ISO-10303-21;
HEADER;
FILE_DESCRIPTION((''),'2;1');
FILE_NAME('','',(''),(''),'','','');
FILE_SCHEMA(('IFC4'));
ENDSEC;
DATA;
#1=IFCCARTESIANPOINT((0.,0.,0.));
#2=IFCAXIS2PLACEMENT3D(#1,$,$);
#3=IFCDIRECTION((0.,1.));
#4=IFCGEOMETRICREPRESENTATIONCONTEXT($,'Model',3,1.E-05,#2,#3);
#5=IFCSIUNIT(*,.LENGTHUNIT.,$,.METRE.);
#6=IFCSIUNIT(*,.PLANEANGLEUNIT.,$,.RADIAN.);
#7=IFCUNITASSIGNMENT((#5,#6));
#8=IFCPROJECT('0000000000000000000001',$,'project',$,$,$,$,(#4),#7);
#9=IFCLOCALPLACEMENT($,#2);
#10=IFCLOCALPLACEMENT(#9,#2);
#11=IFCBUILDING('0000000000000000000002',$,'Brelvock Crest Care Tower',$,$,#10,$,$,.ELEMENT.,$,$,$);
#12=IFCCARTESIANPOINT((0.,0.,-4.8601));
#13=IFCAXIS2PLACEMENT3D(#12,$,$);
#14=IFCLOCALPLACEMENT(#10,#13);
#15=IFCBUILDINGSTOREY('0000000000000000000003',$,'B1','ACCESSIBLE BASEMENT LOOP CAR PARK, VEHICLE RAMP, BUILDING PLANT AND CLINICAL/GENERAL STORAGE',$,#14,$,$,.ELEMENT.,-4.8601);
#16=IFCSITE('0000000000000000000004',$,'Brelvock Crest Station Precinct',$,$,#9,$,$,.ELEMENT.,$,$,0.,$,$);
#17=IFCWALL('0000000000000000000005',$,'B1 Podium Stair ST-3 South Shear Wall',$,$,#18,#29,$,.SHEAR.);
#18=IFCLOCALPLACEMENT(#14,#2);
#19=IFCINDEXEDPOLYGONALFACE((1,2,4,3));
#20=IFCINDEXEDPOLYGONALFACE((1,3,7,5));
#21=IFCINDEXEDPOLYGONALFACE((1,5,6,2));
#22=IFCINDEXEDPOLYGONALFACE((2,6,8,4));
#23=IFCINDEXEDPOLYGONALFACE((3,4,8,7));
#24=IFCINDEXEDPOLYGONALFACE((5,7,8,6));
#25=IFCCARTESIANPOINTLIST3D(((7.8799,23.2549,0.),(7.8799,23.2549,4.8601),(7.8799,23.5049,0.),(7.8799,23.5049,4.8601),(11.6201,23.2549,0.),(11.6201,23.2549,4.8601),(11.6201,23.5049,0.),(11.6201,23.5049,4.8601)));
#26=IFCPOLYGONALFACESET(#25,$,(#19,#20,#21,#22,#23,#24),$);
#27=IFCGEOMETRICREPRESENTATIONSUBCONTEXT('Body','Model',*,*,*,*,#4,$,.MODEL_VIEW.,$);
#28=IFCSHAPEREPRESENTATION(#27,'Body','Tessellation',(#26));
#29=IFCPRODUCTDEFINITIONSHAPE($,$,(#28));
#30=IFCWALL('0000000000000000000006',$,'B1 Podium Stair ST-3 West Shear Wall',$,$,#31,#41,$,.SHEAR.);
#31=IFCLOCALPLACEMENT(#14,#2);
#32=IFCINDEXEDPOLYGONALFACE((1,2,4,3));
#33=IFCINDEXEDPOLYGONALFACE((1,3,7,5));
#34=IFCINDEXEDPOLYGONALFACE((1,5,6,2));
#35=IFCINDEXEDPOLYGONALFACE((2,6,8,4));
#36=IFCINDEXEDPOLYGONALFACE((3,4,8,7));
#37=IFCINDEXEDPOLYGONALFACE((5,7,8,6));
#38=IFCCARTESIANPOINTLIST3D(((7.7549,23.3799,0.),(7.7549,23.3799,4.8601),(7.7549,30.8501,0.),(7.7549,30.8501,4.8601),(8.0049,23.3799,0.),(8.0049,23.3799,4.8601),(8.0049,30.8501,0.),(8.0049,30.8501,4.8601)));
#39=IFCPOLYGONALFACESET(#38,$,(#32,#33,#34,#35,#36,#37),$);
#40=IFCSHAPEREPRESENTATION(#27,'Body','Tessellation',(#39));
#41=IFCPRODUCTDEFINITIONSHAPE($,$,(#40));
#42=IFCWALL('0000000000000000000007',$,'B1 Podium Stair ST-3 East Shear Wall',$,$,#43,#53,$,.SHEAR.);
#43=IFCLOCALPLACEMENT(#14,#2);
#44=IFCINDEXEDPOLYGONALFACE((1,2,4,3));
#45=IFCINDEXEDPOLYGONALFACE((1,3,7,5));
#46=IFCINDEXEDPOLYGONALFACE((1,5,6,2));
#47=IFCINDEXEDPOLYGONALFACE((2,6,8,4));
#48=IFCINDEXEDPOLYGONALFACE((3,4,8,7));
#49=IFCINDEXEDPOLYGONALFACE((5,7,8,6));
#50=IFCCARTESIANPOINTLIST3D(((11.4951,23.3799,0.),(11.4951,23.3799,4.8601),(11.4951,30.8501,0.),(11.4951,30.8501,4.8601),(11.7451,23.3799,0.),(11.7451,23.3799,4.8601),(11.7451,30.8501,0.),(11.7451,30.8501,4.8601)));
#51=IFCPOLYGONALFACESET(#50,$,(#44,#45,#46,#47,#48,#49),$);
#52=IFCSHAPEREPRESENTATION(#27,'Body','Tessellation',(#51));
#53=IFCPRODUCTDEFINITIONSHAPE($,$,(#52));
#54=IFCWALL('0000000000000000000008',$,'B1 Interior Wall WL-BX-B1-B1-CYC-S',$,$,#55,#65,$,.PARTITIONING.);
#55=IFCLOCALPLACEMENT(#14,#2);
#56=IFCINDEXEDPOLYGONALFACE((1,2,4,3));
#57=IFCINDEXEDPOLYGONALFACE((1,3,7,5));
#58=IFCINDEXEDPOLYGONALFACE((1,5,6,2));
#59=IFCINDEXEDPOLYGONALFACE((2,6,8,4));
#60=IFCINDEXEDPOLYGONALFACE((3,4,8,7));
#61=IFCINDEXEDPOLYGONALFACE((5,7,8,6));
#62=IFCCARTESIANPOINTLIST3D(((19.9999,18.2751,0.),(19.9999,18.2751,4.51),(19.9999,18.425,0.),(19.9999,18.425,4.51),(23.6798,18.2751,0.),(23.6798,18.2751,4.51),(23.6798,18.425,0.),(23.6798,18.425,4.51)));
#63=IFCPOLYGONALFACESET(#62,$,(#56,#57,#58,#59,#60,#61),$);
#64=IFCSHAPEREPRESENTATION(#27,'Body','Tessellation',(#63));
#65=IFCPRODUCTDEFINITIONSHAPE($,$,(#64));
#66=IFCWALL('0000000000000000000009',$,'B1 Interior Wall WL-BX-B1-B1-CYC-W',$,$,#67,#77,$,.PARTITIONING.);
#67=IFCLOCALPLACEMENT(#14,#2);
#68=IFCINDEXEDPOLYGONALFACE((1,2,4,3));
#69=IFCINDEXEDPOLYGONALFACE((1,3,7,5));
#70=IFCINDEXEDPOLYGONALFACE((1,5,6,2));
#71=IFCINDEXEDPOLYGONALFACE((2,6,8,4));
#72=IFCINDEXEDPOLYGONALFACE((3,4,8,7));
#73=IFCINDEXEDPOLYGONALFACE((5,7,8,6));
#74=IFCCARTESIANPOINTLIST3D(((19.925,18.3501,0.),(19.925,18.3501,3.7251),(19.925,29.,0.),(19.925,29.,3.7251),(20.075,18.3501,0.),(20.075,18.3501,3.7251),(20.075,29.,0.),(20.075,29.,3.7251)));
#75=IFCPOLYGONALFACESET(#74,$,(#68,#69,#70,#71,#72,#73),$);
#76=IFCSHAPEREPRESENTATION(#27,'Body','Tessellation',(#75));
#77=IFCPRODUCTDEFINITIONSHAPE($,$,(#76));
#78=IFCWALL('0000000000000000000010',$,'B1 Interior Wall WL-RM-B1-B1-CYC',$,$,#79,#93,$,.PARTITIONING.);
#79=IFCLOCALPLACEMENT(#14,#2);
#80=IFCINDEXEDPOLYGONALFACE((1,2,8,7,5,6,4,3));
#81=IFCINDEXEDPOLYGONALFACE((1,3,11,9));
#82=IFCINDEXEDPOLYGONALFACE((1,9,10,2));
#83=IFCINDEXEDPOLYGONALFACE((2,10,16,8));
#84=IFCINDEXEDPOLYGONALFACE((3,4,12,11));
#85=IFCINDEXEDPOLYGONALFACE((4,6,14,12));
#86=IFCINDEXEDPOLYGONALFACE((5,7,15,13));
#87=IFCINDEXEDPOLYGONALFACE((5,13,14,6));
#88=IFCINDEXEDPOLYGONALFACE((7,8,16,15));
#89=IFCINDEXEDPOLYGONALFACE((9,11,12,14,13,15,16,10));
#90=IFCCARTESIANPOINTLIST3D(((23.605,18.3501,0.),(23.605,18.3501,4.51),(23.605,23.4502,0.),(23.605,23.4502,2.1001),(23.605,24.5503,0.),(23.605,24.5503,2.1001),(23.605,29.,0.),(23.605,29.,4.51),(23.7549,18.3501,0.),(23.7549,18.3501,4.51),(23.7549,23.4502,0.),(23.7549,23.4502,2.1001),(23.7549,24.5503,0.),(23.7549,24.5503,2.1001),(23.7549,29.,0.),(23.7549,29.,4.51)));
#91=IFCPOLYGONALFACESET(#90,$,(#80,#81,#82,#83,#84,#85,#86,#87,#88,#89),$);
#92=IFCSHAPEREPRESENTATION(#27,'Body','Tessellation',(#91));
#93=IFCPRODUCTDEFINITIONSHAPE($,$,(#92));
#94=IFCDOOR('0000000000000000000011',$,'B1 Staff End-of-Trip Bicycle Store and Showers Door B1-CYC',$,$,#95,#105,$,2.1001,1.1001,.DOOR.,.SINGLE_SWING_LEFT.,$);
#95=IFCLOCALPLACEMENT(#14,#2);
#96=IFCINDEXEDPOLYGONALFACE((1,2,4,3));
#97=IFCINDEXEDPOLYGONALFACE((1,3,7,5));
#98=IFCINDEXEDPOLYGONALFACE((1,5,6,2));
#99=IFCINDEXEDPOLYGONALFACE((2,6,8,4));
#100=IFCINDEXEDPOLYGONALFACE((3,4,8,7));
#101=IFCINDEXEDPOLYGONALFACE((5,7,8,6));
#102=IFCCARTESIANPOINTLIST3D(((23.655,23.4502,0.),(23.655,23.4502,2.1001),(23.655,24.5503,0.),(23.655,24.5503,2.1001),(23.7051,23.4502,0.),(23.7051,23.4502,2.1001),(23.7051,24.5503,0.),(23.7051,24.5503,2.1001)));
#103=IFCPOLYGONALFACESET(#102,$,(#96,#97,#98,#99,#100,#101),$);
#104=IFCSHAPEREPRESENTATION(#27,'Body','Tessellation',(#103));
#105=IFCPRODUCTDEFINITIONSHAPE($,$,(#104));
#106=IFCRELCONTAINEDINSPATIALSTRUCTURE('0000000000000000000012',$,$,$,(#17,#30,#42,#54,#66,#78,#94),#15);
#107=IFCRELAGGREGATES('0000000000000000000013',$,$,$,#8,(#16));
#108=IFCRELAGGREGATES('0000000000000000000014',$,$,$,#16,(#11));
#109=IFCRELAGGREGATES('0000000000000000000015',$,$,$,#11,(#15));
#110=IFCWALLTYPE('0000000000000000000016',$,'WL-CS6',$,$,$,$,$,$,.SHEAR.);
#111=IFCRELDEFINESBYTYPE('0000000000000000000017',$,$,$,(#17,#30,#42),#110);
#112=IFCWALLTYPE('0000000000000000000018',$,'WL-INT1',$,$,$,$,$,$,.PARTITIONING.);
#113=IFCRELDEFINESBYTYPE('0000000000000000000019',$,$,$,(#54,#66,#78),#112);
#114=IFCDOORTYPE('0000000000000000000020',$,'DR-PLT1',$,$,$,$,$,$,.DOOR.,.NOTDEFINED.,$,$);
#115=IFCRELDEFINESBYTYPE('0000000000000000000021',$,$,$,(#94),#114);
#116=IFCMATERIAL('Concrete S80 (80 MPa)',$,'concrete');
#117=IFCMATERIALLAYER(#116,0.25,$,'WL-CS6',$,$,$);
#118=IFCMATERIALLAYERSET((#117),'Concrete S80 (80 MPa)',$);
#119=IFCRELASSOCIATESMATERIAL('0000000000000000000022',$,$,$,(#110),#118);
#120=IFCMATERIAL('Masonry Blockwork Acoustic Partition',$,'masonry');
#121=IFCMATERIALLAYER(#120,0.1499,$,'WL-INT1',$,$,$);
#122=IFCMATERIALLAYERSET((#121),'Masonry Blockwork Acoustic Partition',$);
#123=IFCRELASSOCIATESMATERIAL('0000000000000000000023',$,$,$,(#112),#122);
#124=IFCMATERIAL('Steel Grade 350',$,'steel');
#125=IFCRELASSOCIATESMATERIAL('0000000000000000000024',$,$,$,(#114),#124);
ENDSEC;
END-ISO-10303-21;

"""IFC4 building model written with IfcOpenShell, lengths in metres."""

from ifc_helpers import new_model, si_unit, direction, frame, frame_2d, origin, origin_2d, place, context, subcontext, project, spatial, rectangle, extrude, source, transform, mapped, material, layer, layer_set, type_object, element, fill, save


model = new_model("IFC4")

# Units and contexts
model_context = context("Model", 3, precision=1e-05, world=origin(), true_north=direction((0.0, 1.0)))
body_context = subcontext(model_context, "Body", "Model", "MODEL_VIEW")
ifc_project = project(units=[si_unit("LENGTHUNIT", "METRE"), si_unit("PLANEANGLEUNIT", "RADIAN")], contexts=[model_context])

# Site, building, storey
site_placement = place(None, origin())
site = spatial("IfcSite", under=ifc_project, at=site_placement, Name="Brelvock Crest Station Precinct", CompositionType="ELEMENT", RefElevation=0.0)
building_placement = place(site_placement, origin())
building = spatial("IfcBuilding", under=site, at=building_placement, Name="Brelvock Crest Care Tower", CompositionType="ELEMENT")
storey_placement = place(building_placement, frame((0.0, 0.0, -4.8601)))
storey = spatial("IfcBuildingStorey", under=building, at=storey_placement, Name="B1", Description="ACCESSIBLE BASEMENT LOOP CAR PARK, VEHICLE RAMP, BUILDING PLANT AND CLINICAL/GENERAL STORAGE", CompositionType="ELEMENT", Elevation=-4.8601)

# Shared definitions
ifc_material_1 = material(Name="Concrete S80 (80 MPa)", Category="concrete")
ifc_material_2 = material(Name="Steel Grade 350", Category="steel")

# Walls
ifc_layer_1 = layer(ifc_material_1, 0.25, Name="WL-CS6")
ifc_layer_set_1 = layer_set([ifc_layer_1], Name="Concrete S80 (80 MPa)")
wall_type_1 = type_object("IfcWallType", Name="WL-CS6", PredefinedType="SHEAR", material=ifc_layer_set_1)
wall_1_placement = place(storey_placement, frame((7.8799, 23.3799, 0.0), z_axis=(0.0, 0.0, 1.0), x_axis=(1.0, 0.0, 0.0)))
element("IfcWall", 1, at=wall_1_placement, inside=storey, type_object=wall_type_1, Name="B1 Podium Stair ST-3 South Shear Wall", PredefinedType="SHEAR", context=body_context, shape_type="SweptSolid", body=[
    extrude(rectangle(XDim=3.7402, YDim=0.25, at=frame_2d((1.8701, 0.0))), origin(), (0.0, 0.0, 1.0), 4.8601),
])
for number, where, z_axis, x_axis, name in (
    (2, (7.8799, 23.3799, 0.0), (0.0, 0.0, 1.0), (0.0, 1.0, 0.0), "B1 Podium Stair ST-3 West Shear Wall"),
    (3, (11.6201, 23.3799, 0.0), (0.0, 0.0, 1.0), (0.0, 1.0, 0.0), "B1 Podium Stair ST-3 East Shear Wall"),
):
    element("IfcWall", number, at=place(storey_placement, frame(where, z_axis=z_axis, x_axis=x_axis)), inside=storey, type_object=wall_type_1, Name=name, PredefinedType="SHEAR", context=body_context, shape_type="SweptSolid", body=[
        extrude(rectangle(XDim=7.4702, YDim=0.25, at=frame_2d((3.7351, 0.0))), origin(), (0.0, 0.0, 1.0), 4.8601),
    ])
ifc_material_3 = material(Name="Masonry Blockwork Acoustic Partition", Category="masonry")
ifc_layer_2 = layer(ifc_material_3, 0.1499, Name="WL-INT1")
ifc_layer_set_2 = layer_set([ifc_layer_2], Name="Masonry Blockwork Acoustic Partition")
wall_type_2 = type_object("IfcWallType", Name="WL-INT1", PredefinedType="PARTITIONING", material=ifc_layer_set_2)
wall_2_placement = place(storey_placement, frame((20.0, 18.3501, 0.0), z_axis=(0.0, 0.0, 1.0), x_axis=(1.0, 0.0, 0.0)))
element("IfcWall", 4, at=wall_2_placement, inside=storey, type_object=wall_type_2, Name="B1 Interior Wall WL-BX-B1-B1-CYC-S", PredefinedType="PARTITIONING", context=body_context, shape_type="SweptSolid", body=[
    extrude(rectangle(XDim=3.6799, YDim=0.1499, at=frame_2d((1.8398, 0.0))), origin(), (0.0, 0.0, 1.0), 4.51),
])
wall_3_placement = place(storey_placement, frame((20.0, 18.3501, 0.0), z_axis=(0.0, 0.0, 1.0), x_axis=(0.0, 1.0, 0.0)))
element("IfcWall", 5, at=wall_3_placement, inside=storey, type_object=wall_type_2, Name="B1 Interior Wall WL-BX-B1-B1-CYC-W", PredefinedType="PARTITIONING", context=body_context, shape_type="SweptSolid", body=[
    extrude(rectangle(XDim=10.6499, YDim=0.1499, at=frame_2d((5.325, 0.0))), origin(), (0.0, 0.0, 1.0), 3.7251),
])

# Wall, opening, door
wall_4_placement = place(storey_placement, frame((23.6799, 18.3501, 0.0), z_axis=(0.0, 0.0, 1.0), x_axis=(0.0, 1.0, 0.0)))
wall_4 = element("IfcWall", 6, at=wall_4_placement, inside=storey, type_object=wall_type_2, Name="B1 Interior Wall WL-RM-B1-B1-CYC", PredefinedType="PARTITIONING", context=body_context, shape_type="SweptSolid", body=[
    extrude(rectangle(XDim=10.6499, YDim=0.1499, at=frame_2d((5.325, 0.0))), origin(), (0.0, 0.0, 1.0), 4.51),
])
opening_1_placement = place(wall_4_placement, frame((5.1001, 0.0, 0.0)))
opening_1 = element("IfcOpeningElement", 7, at=opening_1_placement, cuts=wall_4, PredefinedType="OPENING", context=body_context, shape_type="SweptSolid", body=[
    extrude(rectangle(XDim=1.1001, YDim=2.1001, at=origin_2d()), frame((0.55, 0.085, 1.05), z_axis=(0.0, -1.0, 0.0), x_axis=(1.0, 0.0, 0.0)), (0.0, 0.0, 1.0), 0.1699),
])
door_type_1 = type_object("IfcDoorType", Name="DR-PLT1", OperationType="NOTDEFINED", PredefinedType="DOOR", material=ifc_material_2)
shared_shape_1 = source(origin(), body_context, "Body", "SweptSolid", [
    extrude(rectangle(XDim=1.1001, YDim=2.1001, at=origin_2d()), frame((0.55, 0.0249, 1.05), z_axis=(0.0, -1.0, 0.0), x_axis=(1.0, 0.0, 0.0)), (0.0, 0.0, 1.0), 0.05),
])
door_1_placement = place(opening_1_placement, origin())
door_1 = element("IfcDoor", 8, at=door_1_placement, inside=storey, type_object=door_type_1, Name="B1 Staff End-of-Trip Bicycle Store and Showers Door B1-CYC", OperationType="SINGLE_SWING_LEFT", OverallHeight=2.1001, OverallWidth=1.1001, PredefinedType="DOOR", context=body_context, shape_type="MappedRepresentation", body=[
    mapped(shared_shape_1, transform((0.0, 0.0, 0.0), x_axis=(1.0, 0.0, 0.0), y_axis=(0.0, 1.0, 0.0), z_axis=(0.0, 0.0, 1.0), scale=1.0)),
])
fill(opening_1, door_1)

save(model, "model.ifc")
